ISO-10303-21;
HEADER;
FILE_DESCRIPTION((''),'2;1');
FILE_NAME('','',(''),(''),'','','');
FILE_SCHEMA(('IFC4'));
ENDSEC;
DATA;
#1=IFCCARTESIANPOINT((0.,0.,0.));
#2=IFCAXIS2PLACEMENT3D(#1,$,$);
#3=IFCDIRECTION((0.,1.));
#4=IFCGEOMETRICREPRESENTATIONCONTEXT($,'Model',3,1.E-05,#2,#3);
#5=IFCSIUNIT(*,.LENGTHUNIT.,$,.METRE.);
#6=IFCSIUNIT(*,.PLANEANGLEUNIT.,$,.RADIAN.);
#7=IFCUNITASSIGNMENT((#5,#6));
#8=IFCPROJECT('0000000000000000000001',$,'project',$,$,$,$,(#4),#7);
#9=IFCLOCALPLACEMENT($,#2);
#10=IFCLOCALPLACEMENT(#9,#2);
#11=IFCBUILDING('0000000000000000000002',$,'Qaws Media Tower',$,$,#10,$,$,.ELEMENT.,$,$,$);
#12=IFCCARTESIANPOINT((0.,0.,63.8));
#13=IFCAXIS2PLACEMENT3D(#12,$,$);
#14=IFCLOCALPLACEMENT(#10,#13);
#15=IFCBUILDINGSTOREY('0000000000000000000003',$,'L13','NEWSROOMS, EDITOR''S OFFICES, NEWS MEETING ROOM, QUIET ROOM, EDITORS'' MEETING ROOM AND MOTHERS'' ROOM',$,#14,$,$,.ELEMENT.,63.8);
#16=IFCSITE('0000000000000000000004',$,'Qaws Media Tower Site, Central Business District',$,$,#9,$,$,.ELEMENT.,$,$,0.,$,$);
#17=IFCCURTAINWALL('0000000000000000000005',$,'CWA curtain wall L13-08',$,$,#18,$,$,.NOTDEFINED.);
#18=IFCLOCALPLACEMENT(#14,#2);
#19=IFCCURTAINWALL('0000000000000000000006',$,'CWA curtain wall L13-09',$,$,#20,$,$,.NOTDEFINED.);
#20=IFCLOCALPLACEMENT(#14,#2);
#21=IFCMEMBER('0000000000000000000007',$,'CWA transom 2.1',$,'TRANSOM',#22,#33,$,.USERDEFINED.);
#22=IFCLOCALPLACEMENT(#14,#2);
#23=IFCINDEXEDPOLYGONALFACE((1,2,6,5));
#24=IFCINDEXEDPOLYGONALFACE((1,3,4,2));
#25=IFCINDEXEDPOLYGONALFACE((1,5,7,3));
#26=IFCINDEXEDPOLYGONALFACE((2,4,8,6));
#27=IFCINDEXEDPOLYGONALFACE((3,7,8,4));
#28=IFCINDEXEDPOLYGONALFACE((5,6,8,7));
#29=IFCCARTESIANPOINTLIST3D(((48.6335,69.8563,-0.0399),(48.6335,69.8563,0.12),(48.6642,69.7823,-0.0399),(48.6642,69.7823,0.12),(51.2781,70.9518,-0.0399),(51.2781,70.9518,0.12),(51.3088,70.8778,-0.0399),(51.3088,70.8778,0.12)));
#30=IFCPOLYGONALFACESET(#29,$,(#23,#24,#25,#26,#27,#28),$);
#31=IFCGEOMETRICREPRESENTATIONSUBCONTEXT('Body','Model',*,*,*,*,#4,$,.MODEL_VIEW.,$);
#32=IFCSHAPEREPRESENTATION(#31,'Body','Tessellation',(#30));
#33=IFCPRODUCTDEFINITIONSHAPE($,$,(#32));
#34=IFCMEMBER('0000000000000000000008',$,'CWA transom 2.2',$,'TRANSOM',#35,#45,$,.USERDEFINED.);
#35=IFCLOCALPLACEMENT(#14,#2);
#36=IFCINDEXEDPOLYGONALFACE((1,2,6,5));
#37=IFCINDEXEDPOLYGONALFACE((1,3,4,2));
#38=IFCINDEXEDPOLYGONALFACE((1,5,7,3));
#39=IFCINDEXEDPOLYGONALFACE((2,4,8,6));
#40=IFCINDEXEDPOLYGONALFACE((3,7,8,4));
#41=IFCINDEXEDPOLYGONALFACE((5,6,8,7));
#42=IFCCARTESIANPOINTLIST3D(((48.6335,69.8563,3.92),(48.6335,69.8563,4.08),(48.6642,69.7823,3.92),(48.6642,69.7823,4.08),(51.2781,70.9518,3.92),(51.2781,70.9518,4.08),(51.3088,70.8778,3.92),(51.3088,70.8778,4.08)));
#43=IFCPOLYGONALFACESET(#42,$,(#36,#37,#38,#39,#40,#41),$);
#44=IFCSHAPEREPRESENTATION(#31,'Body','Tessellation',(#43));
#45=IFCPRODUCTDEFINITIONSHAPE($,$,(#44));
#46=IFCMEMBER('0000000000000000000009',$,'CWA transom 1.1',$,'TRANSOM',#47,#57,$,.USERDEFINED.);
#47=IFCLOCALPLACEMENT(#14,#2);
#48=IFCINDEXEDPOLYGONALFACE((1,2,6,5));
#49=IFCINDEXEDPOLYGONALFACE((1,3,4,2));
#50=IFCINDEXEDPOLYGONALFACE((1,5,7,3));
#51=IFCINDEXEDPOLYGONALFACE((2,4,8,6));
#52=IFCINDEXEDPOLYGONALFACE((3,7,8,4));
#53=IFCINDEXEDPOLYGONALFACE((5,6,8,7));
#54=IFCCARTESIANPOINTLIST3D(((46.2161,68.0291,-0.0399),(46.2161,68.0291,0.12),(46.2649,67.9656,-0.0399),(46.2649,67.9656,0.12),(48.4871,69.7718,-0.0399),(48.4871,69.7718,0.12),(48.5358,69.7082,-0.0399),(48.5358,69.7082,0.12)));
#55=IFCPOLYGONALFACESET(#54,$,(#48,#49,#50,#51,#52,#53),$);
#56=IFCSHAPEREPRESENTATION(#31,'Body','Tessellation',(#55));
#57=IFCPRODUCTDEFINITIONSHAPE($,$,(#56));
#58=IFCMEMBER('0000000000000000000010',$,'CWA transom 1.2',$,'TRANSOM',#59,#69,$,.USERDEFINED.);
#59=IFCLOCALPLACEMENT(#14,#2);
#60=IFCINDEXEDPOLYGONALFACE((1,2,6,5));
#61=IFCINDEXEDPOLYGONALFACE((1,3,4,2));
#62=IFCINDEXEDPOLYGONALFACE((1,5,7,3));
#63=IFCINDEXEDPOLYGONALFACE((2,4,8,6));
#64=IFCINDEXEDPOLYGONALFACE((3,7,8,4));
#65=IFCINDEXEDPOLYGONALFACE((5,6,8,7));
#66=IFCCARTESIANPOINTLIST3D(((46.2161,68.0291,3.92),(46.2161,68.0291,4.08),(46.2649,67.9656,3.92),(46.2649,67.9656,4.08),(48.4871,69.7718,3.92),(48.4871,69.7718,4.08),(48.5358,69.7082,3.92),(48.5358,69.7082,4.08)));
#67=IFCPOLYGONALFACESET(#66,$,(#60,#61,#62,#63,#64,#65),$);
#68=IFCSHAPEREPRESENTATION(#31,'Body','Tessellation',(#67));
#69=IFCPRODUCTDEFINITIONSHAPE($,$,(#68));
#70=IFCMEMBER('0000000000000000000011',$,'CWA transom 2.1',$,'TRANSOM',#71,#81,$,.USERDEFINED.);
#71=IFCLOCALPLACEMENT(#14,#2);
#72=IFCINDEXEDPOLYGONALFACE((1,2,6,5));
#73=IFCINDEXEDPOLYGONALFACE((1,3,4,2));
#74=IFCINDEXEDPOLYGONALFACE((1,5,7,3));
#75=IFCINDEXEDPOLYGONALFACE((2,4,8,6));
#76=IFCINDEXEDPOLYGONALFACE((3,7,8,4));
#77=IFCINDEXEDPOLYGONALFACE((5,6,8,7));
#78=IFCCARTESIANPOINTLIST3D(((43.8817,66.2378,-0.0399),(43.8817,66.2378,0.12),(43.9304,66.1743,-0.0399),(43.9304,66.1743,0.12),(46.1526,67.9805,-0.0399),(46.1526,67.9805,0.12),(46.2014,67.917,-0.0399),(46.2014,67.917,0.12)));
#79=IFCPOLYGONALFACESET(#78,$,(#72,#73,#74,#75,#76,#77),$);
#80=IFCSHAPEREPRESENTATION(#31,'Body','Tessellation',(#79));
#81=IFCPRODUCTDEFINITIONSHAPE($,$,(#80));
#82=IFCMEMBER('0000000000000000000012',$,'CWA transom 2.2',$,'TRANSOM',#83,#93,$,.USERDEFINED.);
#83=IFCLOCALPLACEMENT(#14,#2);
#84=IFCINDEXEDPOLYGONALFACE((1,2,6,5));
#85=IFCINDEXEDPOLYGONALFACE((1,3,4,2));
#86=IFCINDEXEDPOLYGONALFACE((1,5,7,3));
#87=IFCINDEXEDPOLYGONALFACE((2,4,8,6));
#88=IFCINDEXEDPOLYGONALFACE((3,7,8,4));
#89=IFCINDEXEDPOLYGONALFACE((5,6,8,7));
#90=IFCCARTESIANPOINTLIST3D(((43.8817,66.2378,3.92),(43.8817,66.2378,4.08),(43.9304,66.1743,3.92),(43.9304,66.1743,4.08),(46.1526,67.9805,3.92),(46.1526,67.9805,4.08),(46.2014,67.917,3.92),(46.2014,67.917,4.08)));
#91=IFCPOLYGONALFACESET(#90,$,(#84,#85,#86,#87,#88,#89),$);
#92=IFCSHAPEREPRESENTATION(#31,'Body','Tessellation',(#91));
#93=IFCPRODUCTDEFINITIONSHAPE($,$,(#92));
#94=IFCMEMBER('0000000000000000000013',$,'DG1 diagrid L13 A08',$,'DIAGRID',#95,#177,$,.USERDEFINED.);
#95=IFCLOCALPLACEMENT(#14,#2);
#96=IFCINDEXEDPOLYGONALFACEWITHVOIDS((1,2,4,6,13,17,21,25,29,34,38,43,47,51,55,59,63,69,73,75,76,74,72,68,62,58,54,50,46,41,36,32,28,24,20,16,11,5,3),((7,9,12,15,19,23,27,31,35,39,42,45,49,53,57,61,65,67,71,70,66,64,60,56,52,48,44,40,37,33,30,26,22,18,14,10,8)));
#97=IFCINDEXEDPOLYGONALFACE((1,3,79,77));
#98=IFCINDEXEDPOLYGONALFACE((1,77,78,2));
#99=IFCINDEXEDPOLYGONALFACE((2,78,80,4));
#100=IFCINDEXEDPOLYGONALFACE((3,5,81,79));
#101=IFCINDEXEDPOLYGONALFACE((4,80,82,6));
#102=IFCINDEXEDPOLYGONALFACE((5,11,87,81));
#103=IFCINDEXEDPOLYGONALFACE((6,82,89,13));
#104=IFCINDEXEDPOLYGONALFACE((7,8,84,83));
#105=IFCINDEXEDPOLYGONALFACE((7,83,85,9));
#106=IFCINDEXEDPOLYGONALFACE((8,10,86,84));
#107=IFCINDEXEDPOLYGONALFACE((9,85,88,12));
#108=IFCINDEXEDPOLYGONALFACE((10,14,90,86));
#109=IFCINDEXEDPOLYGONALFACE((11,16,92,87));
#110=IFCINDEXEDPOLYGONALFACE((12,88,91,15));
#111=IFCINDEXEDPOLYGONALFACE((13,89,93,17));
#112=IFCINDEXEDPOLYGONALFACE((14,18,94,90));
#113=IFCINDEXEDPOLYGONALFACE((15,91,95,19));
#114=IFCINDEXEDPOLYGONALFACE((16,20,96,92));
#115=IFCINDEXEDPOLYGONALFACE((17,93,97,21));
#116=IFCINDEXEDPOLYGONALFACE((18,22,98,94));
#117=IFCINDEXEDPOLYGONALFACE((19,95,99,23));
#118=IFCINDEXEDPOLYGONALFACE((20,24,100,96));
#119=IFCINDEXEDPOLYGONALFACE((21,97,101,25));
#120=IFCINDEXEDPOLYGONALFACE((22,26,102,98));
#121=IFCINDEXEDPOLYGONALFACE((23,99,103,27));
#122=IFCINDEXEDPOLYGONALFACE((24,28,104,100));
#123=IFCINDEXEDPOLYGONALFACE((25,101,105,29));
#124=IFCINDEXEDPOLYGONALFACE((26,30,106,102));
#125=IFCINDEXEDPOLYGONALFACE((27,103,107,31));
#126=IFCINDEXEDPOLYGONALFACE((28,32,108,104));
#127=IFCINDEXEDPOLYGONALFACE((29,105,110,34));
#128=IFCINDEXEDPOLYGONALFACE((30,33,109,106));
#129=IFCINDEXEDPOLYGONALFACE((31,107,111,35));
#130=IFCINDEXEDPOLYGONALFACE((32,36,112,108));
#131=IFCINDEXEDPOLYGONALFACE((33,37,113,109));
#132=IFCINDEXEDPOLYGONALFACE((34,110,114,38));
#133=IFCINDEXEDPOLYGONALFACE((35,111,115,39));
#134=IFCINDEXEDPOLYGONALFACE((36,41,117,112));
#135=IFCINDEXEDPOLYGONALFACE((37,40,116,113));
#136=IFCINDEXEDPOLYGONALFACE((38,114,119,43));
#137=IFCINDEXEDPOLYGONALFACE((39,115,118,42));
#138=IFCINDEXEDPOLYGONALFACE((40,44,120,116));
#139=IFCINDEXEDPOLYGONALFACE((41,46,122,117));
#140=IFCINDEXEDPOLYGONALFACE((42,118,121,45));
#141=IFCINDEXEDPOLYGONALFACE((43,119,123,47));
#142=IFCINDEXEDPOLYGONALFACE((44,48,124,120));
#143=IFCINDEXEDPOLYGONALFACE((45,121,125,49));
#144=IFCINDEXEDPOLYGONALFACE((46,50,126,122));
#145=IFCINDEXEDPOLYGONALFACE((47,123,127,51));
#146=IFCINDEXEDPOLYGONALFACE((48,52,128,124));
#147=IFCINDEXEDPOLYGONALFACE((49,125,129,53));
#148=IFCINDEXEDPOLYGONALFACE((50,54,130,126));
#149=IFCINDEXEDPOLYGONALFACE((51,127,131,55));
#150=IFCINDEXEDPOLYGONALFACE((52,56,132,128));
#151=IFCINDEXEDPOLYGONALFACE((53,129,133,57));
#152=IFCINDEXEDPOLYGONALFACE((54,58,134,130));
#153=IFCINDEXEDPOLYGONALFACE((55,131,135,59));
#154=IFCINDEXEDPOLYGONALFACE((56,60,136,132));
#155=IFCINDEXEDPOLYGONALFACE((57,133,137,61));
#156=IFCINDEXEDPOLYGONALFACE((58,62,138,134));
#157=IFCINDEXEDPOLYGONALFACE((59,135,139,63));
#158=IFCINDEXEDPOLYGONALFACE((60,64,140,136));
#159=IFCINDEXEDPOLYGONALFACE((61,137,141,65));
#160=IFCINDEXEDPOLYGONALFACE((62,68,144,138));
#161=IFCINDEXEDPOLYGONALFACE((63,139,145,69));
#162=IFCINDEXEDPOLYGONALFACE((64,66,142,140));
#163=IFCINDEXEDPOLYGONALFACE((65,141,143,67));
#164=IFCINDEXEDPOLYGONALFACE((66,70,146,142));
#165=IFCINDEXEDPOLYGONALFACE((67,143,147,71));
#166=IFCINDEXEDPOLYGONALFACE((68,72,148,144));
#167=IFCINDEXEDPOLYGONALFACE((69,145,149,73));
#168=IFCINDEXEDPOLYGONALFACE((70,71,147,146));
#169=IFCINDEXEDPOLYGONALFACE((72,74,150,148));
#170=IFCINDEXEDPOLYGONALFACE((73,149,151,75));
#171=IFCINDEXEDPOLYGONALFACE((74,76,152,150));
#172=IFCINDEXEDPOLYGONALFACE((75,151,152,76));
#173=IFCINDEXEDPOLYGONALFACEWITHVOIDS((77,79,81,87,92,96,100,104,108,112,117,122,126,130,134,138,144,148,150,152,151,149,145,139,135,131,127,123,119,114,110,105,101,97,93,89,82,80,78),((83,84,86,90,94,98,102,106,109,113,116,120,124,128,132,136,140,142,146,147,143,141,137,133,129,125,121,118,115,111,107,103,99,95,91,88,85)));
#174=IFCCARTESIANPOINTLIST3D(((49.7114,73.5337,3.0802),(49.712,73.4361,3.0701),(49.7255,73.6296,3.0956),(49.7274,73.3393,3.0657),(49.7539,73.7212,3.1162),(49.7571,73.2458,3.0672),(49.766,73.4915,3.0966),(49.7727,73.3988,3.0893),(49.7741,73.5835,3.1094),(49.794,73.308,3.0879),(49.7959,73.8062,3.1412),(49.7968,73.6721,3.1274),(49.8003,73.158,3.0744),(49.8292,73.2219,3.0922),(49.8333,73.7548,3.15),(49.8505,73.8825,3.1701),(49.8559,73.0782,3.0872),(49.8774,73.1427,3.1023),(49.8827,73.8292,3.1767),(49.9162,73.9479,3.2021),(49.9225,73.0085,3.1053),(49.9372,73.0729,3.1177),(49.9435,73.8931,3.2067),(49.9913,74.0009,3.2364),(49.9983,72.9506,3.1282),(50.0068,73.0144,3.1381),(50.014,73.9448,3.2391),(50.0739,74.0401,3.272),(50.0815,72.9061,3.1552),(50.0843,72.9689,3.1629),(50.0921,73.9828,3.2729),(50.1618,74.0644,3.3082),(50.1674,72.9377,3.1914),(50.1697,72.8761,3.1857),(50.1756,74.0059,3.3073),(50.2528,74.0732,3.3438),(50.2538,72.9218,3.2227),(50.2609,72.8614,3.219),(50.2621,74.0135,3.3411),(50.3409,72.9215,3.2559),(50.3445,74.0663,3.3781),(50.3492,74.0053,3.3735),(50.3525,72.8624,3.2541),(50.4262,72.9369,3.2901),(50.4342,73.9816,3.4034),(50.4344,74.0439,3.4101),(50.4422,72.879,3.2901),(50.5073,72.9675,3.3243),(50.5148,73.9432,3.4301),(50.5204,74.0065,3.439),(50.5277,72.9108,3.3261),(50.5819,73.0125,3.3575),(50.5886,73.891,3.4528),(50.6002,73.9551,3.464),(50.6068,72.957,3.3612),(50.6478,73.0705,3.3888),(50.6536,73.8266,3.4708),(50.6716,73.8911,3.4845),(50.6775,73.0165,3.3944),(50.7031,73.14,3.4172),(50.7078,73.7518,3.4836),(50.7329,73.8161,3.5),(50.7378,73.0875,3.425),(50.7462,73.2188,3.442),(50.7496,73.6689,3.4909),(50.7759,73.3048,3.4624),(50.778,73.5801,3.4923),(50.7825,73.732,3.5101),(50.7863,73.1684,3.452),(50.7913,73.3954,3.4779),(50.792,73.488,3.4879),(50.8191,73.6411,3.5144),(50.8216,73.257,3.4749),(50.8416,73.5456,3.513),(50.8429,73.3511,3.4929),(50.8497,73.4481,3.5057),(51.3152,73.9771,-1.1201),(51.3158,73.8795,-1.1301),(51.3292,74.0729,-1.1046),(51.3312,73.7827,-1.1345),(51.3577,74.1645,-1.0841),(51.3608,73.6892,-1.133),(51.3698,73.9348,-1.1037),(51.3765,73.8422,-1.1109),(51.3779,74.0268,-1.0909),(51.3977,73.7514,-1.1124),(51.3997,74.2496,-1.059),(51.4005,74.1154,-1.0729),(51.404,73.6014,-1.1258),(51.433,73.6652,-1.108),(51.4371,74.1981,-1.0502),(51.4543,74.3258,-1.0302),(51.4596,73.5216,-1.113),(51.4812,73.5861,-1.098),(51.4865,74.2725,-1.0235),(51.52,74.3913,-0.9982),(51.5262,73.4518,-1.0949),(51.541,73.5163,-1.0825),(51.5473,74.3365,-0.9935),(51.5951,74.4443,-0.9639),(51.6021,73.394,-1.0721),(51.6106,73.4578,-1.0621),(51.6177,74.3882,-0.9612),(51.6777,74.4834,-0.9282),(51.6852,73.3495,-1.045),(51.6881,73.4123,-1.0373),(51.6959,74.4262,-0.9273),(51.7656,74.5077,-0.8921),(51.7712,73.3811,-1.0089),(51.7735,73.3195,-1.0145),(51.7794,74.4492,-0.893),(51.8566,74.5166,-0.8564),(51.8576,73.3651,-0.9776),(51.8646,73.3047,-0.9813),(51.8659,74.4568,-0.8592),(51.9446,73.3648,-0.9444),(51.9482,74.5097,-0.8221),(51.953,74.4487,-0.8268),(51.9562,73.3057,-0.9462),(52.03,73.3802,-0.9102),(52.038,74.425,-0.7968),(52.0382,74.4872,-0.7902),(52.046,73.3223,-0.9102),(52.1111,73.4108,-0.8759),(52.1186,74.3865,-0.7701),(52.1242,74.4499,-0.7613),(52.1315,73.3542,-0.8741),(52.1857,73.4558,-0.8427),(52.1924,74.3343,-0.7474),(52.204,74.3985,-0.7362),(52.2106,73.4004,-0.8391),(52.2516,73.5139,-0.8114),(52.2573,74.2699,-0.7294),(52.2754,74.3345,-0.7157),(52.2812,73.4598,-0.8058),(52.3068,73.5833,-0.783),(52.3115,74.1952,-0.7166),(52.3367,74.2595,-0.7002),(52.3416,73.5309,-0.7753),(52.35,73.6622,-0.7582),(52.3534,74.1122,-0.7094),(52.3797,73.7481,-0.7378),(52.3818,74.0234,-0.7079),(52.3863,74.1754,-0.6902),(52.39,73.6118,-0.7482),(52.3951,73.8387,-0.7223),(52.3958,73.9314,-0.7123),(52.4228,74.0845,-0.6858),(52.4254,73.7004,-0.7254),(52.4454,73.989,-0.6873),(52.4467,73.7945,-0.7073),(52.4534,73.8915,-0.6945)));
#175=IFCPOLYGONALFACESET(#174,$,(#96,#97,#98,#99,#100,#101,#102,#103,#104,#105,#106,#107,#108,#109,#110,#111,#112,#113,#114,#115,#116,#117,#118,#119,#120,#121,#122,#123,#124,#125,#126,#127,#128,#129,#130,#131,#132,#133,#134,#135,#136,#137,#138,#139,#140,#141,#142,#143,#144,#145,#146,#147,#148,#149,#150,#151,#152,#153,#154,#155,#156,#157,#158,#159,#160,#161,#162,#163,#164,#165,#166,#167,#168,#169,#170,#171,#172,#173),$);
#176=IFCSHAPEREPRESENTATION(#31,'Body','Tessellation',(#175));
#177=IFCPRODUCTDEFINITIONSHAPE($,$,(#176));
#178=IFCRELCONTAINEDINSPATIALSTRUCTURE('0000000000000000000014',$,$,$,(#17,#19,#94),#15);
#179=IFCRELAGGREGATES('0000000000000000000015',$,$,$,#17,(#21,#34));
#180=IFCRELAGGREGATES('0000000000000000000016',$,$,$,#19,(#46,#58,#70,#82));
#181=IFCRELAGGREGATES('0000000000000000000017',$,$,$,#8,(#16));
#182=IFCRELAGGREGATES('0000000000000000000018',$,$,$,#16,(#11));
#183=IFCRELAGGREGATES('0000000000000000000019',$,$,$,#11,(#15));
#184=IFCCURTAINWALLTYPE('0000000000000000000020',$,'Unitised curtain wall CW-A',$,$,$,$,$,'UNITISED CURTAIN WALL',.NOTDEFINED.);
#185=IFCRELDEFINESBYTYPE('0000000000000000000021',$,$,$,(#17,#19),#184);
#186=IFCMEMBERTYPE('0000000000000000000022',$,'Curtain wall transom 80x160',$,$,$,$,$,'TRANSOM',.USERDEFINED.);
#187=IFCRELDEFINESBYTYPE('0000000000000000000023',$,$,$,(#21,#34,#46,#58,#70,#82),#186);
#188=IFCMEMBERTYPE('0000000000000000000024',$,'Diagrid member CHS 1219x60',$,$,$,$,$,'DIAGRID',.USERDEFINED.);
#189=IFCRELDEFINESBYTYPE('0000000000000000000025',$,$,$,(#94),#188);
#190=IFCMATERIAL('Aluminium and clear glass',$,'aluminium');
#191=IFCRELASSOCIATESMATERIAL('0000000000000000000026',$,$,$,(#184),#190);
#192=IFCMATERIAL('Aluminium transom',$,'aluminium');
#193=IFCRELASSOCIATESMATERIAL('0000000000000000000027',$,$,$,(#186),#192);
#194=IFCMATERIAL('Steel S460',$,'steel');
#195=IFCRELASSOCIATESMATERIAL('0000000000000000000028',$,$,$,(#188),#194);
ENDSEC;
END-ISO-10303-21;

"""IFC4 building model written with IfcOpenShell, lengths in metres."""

from ifc_helpers import new_model, si_unit, direction, frame, origin, origin_2d, place, context, subcontext, project, spatial, rectangle, hollow_circle, extrude, material, material_profile, profile_set, type_object, element, aggregate, save


model = new_model("IFC4")

# Units and contexts
model_context = context("Model", 3, precision=1e-05, world=origin(), true_north=direction((0.0, 1.0)))
body_context = subcontext(model_context, "Body", "Model", "MODEL_VIEW")
ifc_project = project(units=[si_unit("LENGTHUNIT", "METRE"), si_unit("PLANEANGLEUNIT", "RADIAN")], contexts=[model_context])

# Site, building, storey
site_placement = place(None, origin())
site = spatial("IfcSite", under=ifc_project, at=site_placement, Name="Qaws Media Tower Site, Central Business District", CompositionType="ELEMENT", RefElevation=0.0)
building_placement = place(site_placement, origin())
building = spatial("IfcBuilding", under=site, at=building_placement, Name="Qaws Media Tower", CompositionType="ELEMENT")
storey_placement = place(building_placement, frame((0.0, 0.0, 63.8)))
storey = spatial("IfcBuildingStorey", under=building, at=storey_placement, Name="L13", Description="NEWSROOMS, EDITOR'S OFFICES, NEWS MEETING ROOM, QUIET ROOM, EDITORS' MEETING ROOM AND MOTHERS' ROOM", CompositionType="ELEMENT", Elevation=63.8)

# Curtain walls
ifc_material_1 = material(Name="Aluminium and clear glass", Category="aluminium")
curtain_wall_type = type_object("IfcCurtainWallType", Name="Unitised curtain wall CW-A", ElementType="UNITISED CURTAIN WALL", PredefinedType="NOTDEFINED", material=ifc_material_1)
curtain_wall_1_placement = place(storey_placement, origin())
curtain_wall_1 = element("IfcCurtainWall", 1, at=curtain_wall_1_placement, inside=storey, type_object=curtain_wall_type, Name="CWA curtain wall L13-08", PredefinedType="NOTDEFINED")
curtain_wall_2_placement = place(storey_placement, origin())
curtain_wall_2 = element("IfcCurtainWall", 2, at=curtain_wall_2_placement, inside=storey, type_object=curtain_wall_type, Name="CWA curtain wall L13-09", PredefinedType="NOTDEFINED")

# Members
ifc_material_2 = material(Name="Aluminium transom", Category="aluminium")
ifc_material_profile_1 = material_profile(ifc_material_2, rectangle(XDim=0.0801, YDim=0.1599, at=origin_2d()), Name="80x160")
ifc_profile_set_1 = profile_set([ifc_material_profile_1], Name="Aluminium transom")
member_type_1 = type_object("IfcMemberType", Name="Curtain wall transom 80x160", ElementType="TRANSOM", PredefinedType="USERDEFINED", material=ifc_profile_set_1)
member_1_placement = place(storey_placement, frame((51.2935, 70.9148, 0.04), z_axis=(-0.923872, -0.382701, 0.0), x_axis=(0.382701, -0.923872, 0.0)))
member_1 = element("IfcMember", 3, at=member_1_placement, type_object=member_type_1, Name="CWA transom 2.1", ObjectType="TRANSOM", PredefinedType="USERDEFINED", context=body_context, shape_type="SweptSolid", body=[
    extrude(rectangle(XDim=0.0801, YDim=0.1599, at=origin_2d()), origin(), (0.0, 0.0, 1.0), 2.8625),
])
member_2_placement = place(storey_placement, frame((51.2935, 70.9148, 4.0), z_axis=(-0.923872, -0.382701, 0.0), x_axis=(0.382701, -0.923872, 0.0)))
member_2 = element("IfcMember", 4, at=member_2_placement, type_object=member_type_1, Name="CWA transom 2.2", ObjectType="TRANSOM", PredefinedType="USERDEFINED", context=body_context, shape_type="SweptSolid", body=[
    extrude(rectangle(XDim=0.0801, YDim=0.1599, at=origin_2d()), origin(), (0.0, 0.0, 1.0), 2.8625),
])
member_3_placement = place(storey_placement, frame((48.5115, 69.74, 0.04), z_axis=(-0.79334, -0.608779, 0.0), x_axis=(0.608779, -0.79334, 0.0)))
member_3 = element("IfcMember", 5, at=member_3_placement, type_object=member_type_1, Name="CWA transom 1.1", ObjectType="TRANSOM", PredefinedType="USERDEFINED", context=body_context, shape_type="SweptSolid", body=[
    extrude(rectangle(XDim=0.0801, YDim=0.1599, at=origin_2d()), origin(), (0.0, 0.0, 1.0), 2.8625),
])
member_4_placement = place(storey_placement, frame((48.5115, 69.74, 4.0), z_axis=(-0.79334, -0.608779, 0.0), x_axis=(0.608779, -0.79334, 0.0)))
member_4 = element("IfcMember", 6, at=member_4_placement, type_object=member_type_1, Name="CWA transom 1.2", ObjectType="TRANSOM", PredefinedType="USERDEFINED", context=body_context, shape_type="SweptSolid", body=[
    extrude(rectangle(XDim=0.0801, YDim=0.1599, at=origin_2d()), origin(), (0.0, 0.0, 1.0), 2.8625),
])
member_5_placement = place(storey_placement, frame((46.177, 67.9487, 0.04), z_axis=(-0.79334, -0.608779, 0.0), x_axis=(0.608779, -0.79334, 0.0)))
member_5 = element("IfcMember", 7, at=member_5_placement, type_object=member_type_1, Name="CWA transom 2.1", ObjectType="TRANSOM", PredefinedType="USERDEFINED", context=body_context, shape_type="SweptSolid", body=[
    extrude(rectangle(XDim=0.0801, YDim=0.1599, at=origin_2d()), origin(), (0.0, 0.0, 1.0), 2.8625),
])
member_6_placement = place(storey_placement, frame((46.177, 67.9487, 4.0), z_axis=(-0.79334, -0.608779, 0.0), x_axis=(0.608779, -0.79334, 0.0)))
member_6 = element("IfcMember", 8, at=member_6_placement, type_object=member_type_1, Name="CWA transom 2.2", ObjectType="TRANSOM", PredefinedType="USERDEFINED", context=body_context, shape_type="SweptSolid", body=[
    extrude(rectangle(XDim=0.0801, YDim=0.1599, at=origin_2d()), origin(), (0.0, 0.0, 1.0), 2.8625),
])

# Member
ifc_material_3 = material(Name="Steel S460", Category="steel")
ifc_material_profile_2 = material_profile(ifc_material_3, hollow_circle(Radius=0.6096, WallThickness=0.0601, at=origin_2d()), Name="CHS 1219x60")
ifc_profile_set_2 = profile_set([ifc_material_profile_2], Name="Steel S460")
member_type_2 = type_object("IfcMemberType", Name="Diagrid member CHS 1219x60", ElementType="DIAGRID", PredefinedType="USERDEFINED", material=ifc_profile_set_2)
for number, where, z_axis, x_axis, name in (
    (9, (51.8835, 73.9099, -0.9102), (-0.354989, -0.098137, 0.929705), (0.266456, -0.963847, 0.0), "DG1 diagrid L13 A08"),
):
    element("IfcMember", number, at=place(storey_placement, frame(where, z_axis=z_axis, x_axis=x_axis)), inside=storey, type_object=member_type_2, Name=name, ObjectType="DIAGRID", PredefinedType="USERDEFINED", context=body_context, shape_type="SweptSolid", body=[
        extrude(hollow_circle(Radius=0.6096, WallThickness=0.0601, at=origin_2d()), origin(), (0.0, 0.0, 1.0), 4.5178),
    ])

aggregate(curtain_wall_1, [member_1, member_2])
aggregate(curtain_wall_2, [member_3, member_4, member_5, member_6])

save(model, "model.ifc")
